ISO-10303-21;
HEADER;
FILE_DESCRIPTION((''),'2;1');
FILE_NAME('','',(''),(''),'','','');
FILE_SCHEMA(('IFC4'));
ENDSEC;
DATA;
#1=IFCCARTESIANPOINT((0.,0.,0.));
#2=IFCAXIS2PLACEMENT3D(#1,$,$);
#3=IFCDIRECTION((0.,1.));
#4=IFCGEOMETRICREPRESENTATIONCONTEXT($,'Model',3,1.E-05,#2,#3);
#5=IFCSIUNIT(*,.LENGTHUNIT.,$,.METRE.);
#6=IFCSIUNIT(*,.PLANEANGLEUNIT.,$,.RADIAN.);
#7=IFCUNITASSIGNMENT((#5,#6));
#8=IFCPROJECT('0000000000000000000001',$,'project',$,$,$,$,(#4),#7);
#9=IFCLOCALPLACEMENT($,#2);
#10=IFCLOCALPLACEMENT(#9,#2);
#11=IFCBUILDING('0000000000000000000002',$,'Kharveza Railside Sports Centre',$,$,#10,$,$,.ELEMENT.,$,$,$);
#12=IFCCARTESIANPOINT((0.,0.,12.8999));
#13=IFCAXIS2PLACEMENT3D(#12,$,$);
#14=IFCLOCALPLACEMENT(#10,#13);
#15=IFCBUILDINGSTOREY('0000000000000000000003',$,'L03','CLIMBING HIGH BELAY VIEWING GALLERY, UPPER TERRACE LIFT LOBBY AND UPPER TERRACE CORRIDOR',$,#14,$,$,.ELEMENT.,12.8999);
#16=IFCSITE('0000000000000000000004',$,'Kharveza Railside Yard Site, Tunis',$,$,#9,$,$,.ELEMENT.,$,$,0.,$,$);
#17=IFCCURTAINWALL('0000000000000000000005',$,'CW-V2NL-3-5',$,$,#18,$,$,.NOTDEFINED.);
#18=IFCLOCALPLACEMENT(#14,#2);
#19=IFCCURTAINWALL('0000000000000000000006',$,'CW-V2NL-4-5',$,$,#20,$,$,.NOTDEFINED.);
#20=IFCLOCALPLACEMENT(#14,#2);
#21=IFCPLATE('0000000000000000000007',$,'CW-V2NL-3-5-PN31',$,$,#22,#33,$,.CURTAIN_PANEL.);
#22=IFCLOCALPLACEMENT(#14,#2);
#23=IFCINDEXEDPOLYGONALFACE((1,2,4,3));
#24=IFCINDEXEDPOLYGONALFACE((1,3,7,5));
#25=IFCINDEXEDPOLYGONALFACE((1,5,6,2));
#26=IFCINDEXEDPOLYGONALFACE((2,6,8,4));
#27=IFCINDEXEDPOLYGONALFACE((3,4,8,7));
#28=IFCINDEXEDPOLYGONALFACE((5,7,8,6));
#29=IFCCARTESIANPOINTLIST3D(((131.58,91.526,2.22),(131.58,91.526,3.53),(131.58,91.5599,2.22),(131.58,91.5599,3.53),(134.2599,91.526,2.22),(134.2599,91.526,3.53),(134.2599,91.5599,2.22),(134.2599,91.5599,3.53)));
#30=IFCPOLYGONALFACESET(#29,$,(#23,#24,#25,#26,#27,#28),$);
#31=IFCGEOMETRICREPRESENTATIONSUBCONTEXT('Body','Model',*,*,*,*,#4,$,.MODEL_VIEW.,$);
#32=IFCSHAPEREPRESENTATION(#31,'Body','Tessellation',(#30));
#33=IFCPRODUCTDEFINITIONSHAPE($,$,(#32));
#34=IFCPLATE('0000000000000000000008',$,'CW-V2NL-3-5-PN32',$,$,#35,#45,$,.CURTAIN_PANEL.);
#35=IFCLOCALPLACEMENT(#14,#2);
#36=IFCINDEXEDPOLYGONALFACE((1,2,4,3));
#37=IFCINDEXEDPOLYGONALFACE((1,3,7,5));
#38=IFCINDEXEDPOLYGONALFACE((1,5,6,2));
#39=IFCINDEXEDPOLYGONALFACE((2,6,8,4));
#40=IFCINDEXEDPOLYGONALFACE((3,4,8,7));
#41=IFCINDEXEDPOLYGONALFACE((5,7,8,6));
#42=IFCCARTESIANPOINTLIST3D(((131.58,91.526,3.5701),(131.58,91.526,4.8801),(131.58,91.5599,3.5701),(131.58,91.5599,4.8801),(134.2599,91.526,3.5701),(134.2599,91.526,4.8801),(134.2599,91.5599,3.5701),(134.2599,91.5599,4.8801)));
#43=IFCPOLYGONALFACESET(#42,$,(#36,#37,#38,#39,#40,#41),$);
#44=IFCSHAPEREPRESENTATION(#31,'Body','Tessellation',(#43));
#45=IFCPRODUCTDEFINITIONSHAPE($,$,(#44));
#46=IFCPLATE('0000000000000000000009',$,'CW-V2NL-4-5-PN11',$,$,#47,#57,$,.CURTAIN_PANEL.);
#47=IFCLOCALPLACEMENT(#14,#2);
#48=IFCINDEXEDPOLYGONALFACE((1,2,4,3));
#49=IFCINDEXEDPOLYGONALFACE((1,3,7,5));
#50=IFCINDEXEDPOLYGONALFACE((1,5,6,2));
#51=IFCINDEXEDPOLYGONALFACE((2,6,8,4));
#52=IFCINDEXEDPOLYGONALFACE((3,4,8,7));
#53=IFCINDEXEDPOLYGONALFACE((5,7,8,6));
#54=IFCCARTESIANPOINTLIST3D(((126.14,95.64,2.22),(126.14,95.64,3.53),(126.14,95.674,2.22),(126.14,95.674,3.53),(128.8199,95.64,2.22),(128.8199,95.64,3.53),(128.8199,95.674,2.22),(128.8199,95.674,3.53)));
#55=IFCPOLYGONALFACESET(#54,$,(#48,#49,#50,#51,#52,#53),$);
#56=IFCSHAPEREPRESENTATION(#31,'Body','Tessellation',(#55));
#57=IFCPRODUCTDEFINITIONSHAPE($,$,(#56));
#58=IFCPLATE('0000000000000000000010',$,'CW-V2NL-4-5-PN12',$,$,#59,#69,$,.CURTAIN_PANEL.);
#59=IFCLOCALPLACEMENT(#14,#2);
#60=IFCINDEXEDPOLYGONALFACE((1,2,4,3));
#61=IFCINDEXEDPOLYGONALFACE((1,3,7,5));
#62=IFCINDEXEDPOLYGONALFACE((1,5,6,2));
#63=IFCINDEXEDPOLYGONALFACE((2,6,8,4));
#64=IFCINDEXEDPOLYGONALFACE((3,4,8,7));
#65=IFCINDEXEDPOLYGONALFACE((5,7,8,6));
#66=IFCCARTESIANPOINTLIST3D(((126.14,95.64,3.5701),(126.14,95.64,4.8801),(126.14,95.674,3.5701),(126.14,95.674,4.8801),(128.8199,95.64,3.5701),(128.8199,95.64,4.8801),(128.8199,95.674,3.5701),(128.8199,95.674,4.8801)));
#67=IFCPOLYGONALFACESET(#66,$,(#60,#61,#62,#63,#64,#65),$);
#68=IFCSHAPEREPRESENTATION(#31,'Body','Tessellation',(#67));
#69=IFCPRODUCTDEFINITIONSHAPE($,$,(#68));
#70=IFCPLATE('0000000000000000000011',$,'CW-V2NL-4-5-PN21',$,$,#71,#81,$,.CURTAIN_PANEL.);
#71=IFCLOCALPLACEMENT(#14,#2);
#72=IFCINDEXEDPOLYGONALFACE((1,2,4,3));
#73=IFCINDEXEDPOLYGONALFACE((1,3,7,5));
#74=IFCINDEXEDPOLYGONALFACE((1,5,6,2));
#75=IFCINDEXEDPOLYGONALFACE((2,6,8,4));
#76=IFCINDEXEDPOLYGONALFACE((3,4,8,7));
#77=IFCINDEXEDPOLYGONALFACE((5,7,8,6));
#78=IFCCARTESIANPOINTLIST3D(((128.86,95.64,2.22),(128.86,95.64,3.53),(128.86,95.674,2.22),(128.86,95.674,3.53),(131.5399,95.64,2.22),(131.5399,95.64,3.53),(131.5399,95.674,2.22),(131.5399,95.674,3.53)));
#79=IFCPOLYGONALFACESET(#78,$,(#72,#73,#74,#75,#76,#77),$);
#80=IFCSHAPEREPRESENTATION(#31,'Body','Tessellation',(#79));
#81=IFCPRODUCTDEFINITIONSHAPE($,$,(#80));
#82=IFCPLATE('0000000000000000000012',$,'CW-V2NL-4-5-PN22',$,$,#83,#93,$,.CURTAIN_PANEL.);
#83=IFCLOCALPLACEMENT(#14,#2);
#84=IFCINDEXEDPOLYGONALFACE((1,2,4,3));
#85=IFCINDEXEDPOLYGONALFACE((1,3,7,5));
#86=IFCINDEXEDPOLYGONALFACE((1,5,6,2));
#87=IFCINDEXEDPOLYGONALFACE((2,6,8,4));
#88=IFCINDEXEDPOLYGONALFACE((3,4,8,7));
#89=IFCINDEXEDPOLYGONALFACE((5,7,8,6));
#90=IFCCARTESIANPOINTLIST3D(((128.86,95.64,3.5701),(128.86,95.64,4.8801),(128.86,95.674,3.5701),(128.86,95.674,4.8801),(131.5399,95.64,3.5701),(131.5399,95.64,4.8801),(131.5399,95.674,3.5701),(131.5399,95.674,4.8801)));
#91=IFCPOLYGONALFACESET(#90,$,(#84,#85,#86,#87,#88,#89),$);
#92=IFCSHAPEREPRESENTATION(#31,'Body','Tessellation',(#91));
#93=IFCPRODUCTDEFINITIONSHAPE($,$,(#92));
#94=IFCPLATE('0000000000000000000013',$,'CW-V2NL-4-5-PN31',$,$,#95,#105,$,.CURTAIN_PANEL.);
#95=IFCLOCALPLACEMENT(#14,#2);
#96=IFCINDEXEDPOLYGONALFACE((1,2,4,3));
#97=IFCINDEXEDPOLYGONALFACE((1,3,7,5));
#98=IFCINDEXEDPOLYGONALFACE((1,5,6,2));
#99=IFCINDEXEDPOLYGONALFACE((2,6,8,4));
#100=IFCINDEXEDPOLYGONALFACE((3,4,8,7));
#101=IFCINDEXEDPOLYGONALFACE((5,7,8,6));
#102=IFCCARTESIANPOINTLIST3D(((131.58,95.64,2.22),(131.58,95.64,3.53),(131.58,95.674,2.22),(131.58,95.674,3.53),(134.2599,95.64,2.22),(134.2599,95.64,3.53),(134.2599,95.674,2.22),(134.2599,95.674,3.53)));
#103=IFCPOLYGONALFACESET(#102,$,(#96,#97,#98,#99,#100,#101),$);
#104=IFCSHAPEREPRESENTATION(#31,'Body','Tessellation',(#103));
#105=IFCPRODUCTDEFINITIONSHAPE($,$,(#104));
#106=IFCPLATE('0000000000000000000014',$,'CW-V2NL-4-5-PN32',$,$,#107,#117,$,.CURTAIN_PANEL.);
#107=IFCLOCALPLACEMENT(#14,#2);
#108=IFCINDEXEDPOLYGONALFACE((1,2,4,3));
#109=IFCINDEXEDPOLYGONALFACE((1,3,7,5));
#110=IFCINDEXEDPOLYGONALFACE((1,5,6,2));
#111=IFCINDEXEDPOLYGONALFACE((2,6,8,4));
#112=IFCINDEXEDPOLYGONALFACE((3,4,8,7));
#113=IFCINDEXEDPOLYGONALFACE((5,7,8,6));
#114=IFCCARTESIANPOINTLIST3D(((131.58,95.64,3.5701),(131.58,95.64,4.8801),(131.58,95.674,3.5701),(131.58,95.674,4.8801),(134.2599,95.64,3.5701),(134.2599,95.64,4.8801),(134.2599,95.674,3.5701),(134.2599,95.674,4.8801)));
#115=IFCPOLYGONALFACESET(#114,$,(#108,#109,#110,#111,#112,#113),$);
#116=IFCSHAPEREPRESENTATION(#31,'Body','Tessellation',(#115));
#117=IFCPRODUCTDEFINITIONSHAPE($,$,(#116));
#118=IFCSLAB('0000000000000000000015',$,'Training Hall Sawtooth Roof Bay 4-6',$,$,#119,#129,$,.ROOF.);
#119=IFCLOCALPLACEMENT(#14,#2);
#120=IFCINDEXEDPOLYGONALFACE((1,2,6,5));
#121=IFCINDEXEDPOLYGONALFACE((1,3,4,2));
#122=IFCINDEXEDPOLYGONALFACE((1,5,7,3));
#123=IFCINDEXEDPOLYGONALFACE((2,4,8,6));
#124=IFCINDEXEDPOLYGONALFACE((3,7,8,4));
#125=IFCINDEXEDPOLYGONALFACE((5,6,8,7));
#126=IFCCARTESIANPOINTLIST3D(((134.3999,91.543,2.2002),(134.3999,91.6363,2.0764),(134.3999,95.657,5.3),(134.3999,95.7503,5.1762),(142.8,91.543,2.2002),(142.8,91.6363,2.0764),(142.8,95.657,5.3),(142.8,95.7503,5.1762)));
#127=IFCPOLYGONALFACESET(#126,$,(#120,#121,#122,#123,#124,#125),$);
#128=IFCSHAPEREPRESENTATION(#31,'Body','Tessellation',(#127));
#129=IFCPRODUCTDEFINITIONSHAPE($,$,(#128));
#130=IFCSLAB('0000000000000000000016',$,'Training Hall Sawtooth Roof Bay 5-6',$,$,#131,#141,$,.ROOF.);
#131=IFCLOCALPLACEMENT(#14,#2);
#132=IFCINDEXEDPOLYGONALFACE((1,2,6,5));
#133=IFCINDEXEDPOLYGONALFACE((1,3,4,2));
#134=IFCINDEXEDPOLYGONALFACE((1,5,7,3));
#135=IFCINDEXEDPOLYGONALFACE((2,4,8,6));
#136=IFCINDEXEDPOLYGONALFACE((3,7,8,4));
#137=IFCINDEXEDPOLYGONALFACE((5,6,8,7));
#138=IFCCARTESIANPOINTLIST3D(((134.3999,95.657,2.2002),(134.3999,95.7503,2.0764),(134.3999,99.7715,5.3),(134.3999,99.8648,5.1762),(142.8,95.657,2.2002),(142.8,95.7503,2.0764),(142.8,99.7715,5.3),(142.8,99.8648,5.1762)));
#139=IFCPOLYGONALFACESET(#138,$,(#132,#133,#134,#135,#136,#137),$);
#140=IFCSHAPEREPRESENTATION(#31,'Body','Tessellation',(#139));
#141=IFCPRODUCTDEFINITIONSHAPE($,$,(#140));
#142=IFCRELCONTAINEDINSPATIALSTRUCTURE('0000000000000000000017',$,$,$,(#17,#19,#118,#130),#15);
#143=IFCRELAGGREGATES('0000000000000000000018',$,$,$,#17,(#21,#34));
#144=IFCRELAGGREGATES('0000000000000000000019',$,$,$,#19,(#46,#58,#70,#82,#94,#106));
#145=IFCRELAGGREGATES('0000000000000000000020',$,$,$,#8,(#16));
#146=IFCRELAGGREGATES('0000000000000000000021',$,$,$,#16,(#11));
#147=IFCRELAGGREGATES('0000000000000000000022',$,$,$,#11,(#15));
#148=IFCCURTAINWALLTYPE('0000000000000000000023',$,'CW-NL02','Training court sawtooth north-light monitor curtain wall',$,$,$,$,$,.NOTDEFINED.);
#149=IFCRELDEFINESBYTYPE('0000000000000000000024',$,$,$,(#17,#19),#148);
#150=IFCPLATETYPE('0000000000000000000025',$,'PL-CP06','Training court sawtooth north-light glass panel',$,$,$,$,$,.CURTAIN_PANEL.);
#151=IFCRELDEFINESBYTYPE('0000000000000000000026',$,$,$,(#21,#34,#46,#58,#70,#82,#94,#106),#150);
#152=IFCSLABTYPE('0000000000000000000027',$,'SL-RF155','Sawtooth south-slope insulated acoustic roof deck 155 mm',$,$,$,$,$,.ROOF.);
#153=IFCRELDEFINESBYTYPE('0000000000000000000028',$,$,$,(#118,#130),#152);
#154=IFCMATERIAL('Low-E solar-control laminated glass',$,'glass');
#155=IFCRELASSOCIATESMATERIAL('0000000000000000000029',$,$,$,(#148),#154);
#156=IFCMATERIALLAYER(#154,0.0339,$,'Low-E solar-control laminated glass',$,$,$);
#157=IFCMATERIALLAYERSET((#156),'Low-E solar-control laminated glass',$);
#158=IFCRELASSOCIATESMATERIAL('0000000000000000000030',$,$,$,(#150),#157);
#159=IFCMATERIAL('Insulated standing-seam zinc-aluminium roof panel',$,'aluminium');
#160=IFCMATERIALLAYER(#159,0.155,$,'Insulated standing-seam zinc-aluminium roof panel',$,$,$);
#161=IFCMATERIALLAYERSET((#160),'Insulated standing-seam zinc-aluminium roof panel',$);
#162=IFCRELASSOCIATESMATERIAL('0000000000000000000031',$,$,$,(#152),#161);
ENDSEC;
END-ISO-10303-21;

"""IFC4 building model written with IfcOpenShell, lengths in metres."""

from ifc_helpers import new_model, si_unit, direction, frame, origin, origin_2d, place, context, subcontext, project, spatial, polyline, rectangle, outline, extrude, material, layer, layer_set, type_object, element, aggregate, save


model = new_model("IFC4")

# Units and contexts
model_context = context("Model", 3, precision=1e-05, world=origin(), true_north=direction((0.0, 1.0)))
body_context = subcontext(model_context, "Body", "Model", "MODEL_VIEW")
ifc_project = project(units=[si_unit("LENGTHUNIT", "METRE"), si_unit("PLANEANGLEUNIT", "RADIAN")], contexts=[model_context])

# Site, building, storey
site_placement = place(None, origin())
site = spatial("IfcSite", under=ifc_project, at=site_placement, Name="Kharveza Railside Yard Site, Tunis", CompositionType="ELEMENT", RefElevation=0.0)
building_placement = place(site_placement, origin())
building = spatial("IfcBuilding", under=site, at=building_placement, Name="Kharveza Railside Sports Centre", CompositionType="ELEMENT")
storey_placement = place(building_placement, frame((0.0, 0.0, 12.8999)))
storey = spatial("IfcBuildingStorey", under=building, at=storey_placement, Name="L03", Description="CLIMBING HIGH BELAY VIEWING GALLERY, UPPER TERRACE LIFT LOBBY AND UPPER TERRACE CORRIDOR", CompositionType="ELEMENT", Elevation=12.8999)

# Curtain walls
ifc_material_1 = material(Name="Low-E solar-control laminated glass", Category="glass")
curtain_wall_type = type_object("IfcCurtainWallType", Name="CW-NL02", Description="Training court sawtooth north-light monitor curtain wall", PredefinedType="NOTDEFINED", material=ifc_material_1)
curtain_wall_1_placement = place(storey_placement, origin())
curtain_wall_1 = element("IfcCurtainWall", 1, at=curtain_wall_1_placement, inside=storey, type_object=curtain_wall_type, Name="CW-V2NL-3-5", PredefinedType="NOTDEFINED")
curtain_wall_2_placement = place(storey_placement, origin())
curtain_wall_2 = element("IfcCurtainWall", 2, at=curtain_wall_2_placement, inside=storey, type_object=curtain_wall_type, Name="CW-V2NL-4-5", PredefinedType="NOTDEFINED")

# Plates
ifc_layer_1 = layer(ifc_material_1, 0.0339, Name="Low-E solar-control laminated glass")
ifc_layer_set_1 = layer_set([ifc_layer_1], Name="Low-E solar-control laminated glass")
plate_type = type_object("IfcPlateType", Name="PL-CP06", Description="Training court sawtooth north-light glass panel", PredefinedType="CURTAIN_PANEL", material=ifc_layer_set_1)
plate_1_placement = place(storey_placement, frame((132.9199, 91.543, 2.22), z_axis=(0.0, 0.0, 1.0), x_axis=(1.0, 0.0, 0.0)))
plate_1 = element("IfcPlate", 3, at=plate_1_placement, type_object=plate_type, Name="CW-V2NL-3-5-PN31", PredefinedType="CURTAIN_PANEL", context=body_context, shape_type="SweptSolid", body=[
    extrude(rectangle(XDim=2.6799, YDim=0.0339, at=origin_2d()), origin(), (0.0, 0.0, 1.0), 1.3101),
])
plate_2_placement = place(storey_placement, frame((132.9199, 91.543, 3.5701), z_axis=(0.0, 0.0, 1.0), x_axis=(1.0, 0.0, 0.0)))
plate_2 = element("IfcPlate", 4, at=plate_2_placement, type_object=plate_type, Name="CW-V2NL-3-5-PN32", PredefinedType="CURTAIN_PANEL", context=body_context, shape_type="SweptSolid", body=[
    extrude(rectangle(XDim=2.6799, YDim=0.0339, at=origin_2d()), origin(), (0.0, 0.0, 1.0), 1.3101),
])
aggregate(curtain_wall_1, [plate_1, plate_2])
plate_3_placement = place(storey_placement, frame((127.48, 95.657, 2.22), z_axis=(0.0, 0.0, 1.0), x_axis=(1.0, 0.0, 0.0)))
plate_3 = element("IfcPlate", 5, at=plate_3_placement, type_object=plate_type, Name="CW-V2NL-4-5-PN11", PredefinedType="CURTAIN_PANEL", context=body_context, shape_type="SweptSolid", body=[
    extrude(rectangle(XDim=2.6799, YDim=0.0339, at=origin_2d()), origin(), (0.0, 0.0, 1.0), 1.3101),
])
plate_4_placement = place(storey_placement, frame((127.48, 95.657, 3.5701), z_axis=(0.0, 0.0, 1.0), x_axis=(1.0, 0.0, 0.0)))
plate_4 = element("IfcPlate", 6, at=plate_4_placement, type_object=plate_type, Name="CW-V2NL-4-5-PN12", PredefinedType="CURTAIN_PANEL", context=body_context, shape_type="SweptSolid", body=[
    extrude(rectangle(XDim=2.6799, YDim=0.0339, at=origin_2d()), origin(), (0.0, 0.0, 1.0), 1.3101),
])
plate_5_placement = place(storey_placement, frame((130.2, 95.657, 2.22), z_axis=(0.0, 0.0, 1.0), x_axis=(1.0, 0.0, 0.0)))
plate_5 = element("IfcPlate", 7, at=plate_5_placement, type_object=plate_type, Name="CW-V2NL-4-5-PN21", PredefinedType="CURTAIN_PANEL", context=body_context, shape_type="SweptSolid", body=[
    extrude(rectangle(XDim=2.6799, YDim=0.0339, at=origin_2d()), origin(), (0.0, 0.0, 1.0), 1.3101),
])
plate_6_placement = place(storey_placement, frame((130.2, 95.657, 3.5701), z_axis=(0.0, 0.0, 1.0), x_axis=(1.0, 0.0, 0.0)))
plate_6 = element("IfcPlate", 8, at=plate_6_placement, type_object=plate_type, Name="CW-V2NL-4-5-PN22", PredefinedType="CURTAIN_PANEL", context=body_context, shape_type="SweptSolid", body=[
    extrude(rectangle(XDim=2.6799, YDim=0.0339, at=origin_2d()), origin(), (0.0, 0.0, 1.0), 1.3101),
])
plate_7_placement = place(storey_placement, frame((132.9199, 95.657, 2.22), z_axis=(0.0, 0.0, 1.0), x_axis=(1.0, 0.0, 0.0)))
plate_7 = element("IfcPlate", 9, at=plate_7_placement, type_object=plate_type, Name="CW-V2NL-4-5-PN31", PredefinedType="CURTAIN_PANEL", context=body_context, shape_type="SweptSolid", body=[
    extrude(rectangle(XDim=2.6799, YDim=0.0339, at=origin_2d()), origin(), (0.0, 0.0, 1.0), 1.3101),
])
plate_8_placement = place(storey_placement, frame((132.9199, 95.657, 3.5701), z_axis=(0.0, 0.0, 1.0), x_axis=(1.0, 0.0, 0.0)))
plate_8 = element("IfcPlate", 10, at=plate_8_placement, type_object=plate_type, Name="CW-V2NL-4-5-PN32", PredefinedType="CURTAIN_PANEL", context=body_context, shape_type="SweptSolid", body=[
    extrude(rectangle(XDim=2.6799, YDim=0.0339, at=origin_2d()), origin(), (0.0, 0.0, 1.0), 1.3101),
])
aggregate(curtain_wall_2, [plate_3, plate_4, plate_5, plate_6, plate_7, plate_8])

# Slabs
ifc_material_2 = material(Name="Insulated standing-seam zinc-aluminium roof panel", Category="aluminium")
ifc_layer_2 = layer(ifc_material_2, 0.155, Name="Insulated standing-seam zinc-aluminium roof panel")
ifc_layer_set_2 = layer_set([ifc_layer_2], Name="Insulated standing-seam zinc-aluminium roof panel")
slab_type = type_object("IfcSlabType", Name="SL-RF155", Description="Sawtooth south-slope insulated acoustic roof deck 155 mm", PredefinedType="ROOF", material=ifc_layer_set_2)
slab_1_placement = place(storey_placement, frame((134.3999, 91.543, 2.2002), z_axis=(0.0, -0.601781, 0.798661), x_axis=(1.0, 0.0, 0.0)))
element("IfcSlab", 11, at=slab_1_placement, inside=storey, type_object=slab_type, Name="Training Hall Sawtooth Roof Bay 4-6", PredefinedType="ROOF", context=body_context, shape_type="SweptSolid", body=[
    extrude(outline(polyline([(0.0, 0.0), (8.4001, 0.0), (8.4001, 5.1511), (0.0, 5.1511), (0.0, 0.0)])), origin(), (0.0, 0.0, -1.0), 0.155),
])
slab_2_placement = place(storey_placement, frame((134.3999, 95.657, 2.2002), z_axis=(0.0, -0.601735, 0.798696), x_axis=(1.0, 0.0, 0.0)))
element("IfcSlab", 12, at=slab_2_placement, inside=storey, type_object=slab_type, Name="Training Hall Sawtooth Roof Bay 5-6", PredefinedType="ROOF", context=body_context, shape_type="SweptSolid", body=[
    extrude(outline(polyline([(0.0, 0.0), (8.4001, 0.0), (8.4001, 5.1515), (0.0, 5.1515), (0.0, 0.0)])), origin(), (0.0, 0.0, -1.0), 0.155),
])

save(model, "model.ifc")
